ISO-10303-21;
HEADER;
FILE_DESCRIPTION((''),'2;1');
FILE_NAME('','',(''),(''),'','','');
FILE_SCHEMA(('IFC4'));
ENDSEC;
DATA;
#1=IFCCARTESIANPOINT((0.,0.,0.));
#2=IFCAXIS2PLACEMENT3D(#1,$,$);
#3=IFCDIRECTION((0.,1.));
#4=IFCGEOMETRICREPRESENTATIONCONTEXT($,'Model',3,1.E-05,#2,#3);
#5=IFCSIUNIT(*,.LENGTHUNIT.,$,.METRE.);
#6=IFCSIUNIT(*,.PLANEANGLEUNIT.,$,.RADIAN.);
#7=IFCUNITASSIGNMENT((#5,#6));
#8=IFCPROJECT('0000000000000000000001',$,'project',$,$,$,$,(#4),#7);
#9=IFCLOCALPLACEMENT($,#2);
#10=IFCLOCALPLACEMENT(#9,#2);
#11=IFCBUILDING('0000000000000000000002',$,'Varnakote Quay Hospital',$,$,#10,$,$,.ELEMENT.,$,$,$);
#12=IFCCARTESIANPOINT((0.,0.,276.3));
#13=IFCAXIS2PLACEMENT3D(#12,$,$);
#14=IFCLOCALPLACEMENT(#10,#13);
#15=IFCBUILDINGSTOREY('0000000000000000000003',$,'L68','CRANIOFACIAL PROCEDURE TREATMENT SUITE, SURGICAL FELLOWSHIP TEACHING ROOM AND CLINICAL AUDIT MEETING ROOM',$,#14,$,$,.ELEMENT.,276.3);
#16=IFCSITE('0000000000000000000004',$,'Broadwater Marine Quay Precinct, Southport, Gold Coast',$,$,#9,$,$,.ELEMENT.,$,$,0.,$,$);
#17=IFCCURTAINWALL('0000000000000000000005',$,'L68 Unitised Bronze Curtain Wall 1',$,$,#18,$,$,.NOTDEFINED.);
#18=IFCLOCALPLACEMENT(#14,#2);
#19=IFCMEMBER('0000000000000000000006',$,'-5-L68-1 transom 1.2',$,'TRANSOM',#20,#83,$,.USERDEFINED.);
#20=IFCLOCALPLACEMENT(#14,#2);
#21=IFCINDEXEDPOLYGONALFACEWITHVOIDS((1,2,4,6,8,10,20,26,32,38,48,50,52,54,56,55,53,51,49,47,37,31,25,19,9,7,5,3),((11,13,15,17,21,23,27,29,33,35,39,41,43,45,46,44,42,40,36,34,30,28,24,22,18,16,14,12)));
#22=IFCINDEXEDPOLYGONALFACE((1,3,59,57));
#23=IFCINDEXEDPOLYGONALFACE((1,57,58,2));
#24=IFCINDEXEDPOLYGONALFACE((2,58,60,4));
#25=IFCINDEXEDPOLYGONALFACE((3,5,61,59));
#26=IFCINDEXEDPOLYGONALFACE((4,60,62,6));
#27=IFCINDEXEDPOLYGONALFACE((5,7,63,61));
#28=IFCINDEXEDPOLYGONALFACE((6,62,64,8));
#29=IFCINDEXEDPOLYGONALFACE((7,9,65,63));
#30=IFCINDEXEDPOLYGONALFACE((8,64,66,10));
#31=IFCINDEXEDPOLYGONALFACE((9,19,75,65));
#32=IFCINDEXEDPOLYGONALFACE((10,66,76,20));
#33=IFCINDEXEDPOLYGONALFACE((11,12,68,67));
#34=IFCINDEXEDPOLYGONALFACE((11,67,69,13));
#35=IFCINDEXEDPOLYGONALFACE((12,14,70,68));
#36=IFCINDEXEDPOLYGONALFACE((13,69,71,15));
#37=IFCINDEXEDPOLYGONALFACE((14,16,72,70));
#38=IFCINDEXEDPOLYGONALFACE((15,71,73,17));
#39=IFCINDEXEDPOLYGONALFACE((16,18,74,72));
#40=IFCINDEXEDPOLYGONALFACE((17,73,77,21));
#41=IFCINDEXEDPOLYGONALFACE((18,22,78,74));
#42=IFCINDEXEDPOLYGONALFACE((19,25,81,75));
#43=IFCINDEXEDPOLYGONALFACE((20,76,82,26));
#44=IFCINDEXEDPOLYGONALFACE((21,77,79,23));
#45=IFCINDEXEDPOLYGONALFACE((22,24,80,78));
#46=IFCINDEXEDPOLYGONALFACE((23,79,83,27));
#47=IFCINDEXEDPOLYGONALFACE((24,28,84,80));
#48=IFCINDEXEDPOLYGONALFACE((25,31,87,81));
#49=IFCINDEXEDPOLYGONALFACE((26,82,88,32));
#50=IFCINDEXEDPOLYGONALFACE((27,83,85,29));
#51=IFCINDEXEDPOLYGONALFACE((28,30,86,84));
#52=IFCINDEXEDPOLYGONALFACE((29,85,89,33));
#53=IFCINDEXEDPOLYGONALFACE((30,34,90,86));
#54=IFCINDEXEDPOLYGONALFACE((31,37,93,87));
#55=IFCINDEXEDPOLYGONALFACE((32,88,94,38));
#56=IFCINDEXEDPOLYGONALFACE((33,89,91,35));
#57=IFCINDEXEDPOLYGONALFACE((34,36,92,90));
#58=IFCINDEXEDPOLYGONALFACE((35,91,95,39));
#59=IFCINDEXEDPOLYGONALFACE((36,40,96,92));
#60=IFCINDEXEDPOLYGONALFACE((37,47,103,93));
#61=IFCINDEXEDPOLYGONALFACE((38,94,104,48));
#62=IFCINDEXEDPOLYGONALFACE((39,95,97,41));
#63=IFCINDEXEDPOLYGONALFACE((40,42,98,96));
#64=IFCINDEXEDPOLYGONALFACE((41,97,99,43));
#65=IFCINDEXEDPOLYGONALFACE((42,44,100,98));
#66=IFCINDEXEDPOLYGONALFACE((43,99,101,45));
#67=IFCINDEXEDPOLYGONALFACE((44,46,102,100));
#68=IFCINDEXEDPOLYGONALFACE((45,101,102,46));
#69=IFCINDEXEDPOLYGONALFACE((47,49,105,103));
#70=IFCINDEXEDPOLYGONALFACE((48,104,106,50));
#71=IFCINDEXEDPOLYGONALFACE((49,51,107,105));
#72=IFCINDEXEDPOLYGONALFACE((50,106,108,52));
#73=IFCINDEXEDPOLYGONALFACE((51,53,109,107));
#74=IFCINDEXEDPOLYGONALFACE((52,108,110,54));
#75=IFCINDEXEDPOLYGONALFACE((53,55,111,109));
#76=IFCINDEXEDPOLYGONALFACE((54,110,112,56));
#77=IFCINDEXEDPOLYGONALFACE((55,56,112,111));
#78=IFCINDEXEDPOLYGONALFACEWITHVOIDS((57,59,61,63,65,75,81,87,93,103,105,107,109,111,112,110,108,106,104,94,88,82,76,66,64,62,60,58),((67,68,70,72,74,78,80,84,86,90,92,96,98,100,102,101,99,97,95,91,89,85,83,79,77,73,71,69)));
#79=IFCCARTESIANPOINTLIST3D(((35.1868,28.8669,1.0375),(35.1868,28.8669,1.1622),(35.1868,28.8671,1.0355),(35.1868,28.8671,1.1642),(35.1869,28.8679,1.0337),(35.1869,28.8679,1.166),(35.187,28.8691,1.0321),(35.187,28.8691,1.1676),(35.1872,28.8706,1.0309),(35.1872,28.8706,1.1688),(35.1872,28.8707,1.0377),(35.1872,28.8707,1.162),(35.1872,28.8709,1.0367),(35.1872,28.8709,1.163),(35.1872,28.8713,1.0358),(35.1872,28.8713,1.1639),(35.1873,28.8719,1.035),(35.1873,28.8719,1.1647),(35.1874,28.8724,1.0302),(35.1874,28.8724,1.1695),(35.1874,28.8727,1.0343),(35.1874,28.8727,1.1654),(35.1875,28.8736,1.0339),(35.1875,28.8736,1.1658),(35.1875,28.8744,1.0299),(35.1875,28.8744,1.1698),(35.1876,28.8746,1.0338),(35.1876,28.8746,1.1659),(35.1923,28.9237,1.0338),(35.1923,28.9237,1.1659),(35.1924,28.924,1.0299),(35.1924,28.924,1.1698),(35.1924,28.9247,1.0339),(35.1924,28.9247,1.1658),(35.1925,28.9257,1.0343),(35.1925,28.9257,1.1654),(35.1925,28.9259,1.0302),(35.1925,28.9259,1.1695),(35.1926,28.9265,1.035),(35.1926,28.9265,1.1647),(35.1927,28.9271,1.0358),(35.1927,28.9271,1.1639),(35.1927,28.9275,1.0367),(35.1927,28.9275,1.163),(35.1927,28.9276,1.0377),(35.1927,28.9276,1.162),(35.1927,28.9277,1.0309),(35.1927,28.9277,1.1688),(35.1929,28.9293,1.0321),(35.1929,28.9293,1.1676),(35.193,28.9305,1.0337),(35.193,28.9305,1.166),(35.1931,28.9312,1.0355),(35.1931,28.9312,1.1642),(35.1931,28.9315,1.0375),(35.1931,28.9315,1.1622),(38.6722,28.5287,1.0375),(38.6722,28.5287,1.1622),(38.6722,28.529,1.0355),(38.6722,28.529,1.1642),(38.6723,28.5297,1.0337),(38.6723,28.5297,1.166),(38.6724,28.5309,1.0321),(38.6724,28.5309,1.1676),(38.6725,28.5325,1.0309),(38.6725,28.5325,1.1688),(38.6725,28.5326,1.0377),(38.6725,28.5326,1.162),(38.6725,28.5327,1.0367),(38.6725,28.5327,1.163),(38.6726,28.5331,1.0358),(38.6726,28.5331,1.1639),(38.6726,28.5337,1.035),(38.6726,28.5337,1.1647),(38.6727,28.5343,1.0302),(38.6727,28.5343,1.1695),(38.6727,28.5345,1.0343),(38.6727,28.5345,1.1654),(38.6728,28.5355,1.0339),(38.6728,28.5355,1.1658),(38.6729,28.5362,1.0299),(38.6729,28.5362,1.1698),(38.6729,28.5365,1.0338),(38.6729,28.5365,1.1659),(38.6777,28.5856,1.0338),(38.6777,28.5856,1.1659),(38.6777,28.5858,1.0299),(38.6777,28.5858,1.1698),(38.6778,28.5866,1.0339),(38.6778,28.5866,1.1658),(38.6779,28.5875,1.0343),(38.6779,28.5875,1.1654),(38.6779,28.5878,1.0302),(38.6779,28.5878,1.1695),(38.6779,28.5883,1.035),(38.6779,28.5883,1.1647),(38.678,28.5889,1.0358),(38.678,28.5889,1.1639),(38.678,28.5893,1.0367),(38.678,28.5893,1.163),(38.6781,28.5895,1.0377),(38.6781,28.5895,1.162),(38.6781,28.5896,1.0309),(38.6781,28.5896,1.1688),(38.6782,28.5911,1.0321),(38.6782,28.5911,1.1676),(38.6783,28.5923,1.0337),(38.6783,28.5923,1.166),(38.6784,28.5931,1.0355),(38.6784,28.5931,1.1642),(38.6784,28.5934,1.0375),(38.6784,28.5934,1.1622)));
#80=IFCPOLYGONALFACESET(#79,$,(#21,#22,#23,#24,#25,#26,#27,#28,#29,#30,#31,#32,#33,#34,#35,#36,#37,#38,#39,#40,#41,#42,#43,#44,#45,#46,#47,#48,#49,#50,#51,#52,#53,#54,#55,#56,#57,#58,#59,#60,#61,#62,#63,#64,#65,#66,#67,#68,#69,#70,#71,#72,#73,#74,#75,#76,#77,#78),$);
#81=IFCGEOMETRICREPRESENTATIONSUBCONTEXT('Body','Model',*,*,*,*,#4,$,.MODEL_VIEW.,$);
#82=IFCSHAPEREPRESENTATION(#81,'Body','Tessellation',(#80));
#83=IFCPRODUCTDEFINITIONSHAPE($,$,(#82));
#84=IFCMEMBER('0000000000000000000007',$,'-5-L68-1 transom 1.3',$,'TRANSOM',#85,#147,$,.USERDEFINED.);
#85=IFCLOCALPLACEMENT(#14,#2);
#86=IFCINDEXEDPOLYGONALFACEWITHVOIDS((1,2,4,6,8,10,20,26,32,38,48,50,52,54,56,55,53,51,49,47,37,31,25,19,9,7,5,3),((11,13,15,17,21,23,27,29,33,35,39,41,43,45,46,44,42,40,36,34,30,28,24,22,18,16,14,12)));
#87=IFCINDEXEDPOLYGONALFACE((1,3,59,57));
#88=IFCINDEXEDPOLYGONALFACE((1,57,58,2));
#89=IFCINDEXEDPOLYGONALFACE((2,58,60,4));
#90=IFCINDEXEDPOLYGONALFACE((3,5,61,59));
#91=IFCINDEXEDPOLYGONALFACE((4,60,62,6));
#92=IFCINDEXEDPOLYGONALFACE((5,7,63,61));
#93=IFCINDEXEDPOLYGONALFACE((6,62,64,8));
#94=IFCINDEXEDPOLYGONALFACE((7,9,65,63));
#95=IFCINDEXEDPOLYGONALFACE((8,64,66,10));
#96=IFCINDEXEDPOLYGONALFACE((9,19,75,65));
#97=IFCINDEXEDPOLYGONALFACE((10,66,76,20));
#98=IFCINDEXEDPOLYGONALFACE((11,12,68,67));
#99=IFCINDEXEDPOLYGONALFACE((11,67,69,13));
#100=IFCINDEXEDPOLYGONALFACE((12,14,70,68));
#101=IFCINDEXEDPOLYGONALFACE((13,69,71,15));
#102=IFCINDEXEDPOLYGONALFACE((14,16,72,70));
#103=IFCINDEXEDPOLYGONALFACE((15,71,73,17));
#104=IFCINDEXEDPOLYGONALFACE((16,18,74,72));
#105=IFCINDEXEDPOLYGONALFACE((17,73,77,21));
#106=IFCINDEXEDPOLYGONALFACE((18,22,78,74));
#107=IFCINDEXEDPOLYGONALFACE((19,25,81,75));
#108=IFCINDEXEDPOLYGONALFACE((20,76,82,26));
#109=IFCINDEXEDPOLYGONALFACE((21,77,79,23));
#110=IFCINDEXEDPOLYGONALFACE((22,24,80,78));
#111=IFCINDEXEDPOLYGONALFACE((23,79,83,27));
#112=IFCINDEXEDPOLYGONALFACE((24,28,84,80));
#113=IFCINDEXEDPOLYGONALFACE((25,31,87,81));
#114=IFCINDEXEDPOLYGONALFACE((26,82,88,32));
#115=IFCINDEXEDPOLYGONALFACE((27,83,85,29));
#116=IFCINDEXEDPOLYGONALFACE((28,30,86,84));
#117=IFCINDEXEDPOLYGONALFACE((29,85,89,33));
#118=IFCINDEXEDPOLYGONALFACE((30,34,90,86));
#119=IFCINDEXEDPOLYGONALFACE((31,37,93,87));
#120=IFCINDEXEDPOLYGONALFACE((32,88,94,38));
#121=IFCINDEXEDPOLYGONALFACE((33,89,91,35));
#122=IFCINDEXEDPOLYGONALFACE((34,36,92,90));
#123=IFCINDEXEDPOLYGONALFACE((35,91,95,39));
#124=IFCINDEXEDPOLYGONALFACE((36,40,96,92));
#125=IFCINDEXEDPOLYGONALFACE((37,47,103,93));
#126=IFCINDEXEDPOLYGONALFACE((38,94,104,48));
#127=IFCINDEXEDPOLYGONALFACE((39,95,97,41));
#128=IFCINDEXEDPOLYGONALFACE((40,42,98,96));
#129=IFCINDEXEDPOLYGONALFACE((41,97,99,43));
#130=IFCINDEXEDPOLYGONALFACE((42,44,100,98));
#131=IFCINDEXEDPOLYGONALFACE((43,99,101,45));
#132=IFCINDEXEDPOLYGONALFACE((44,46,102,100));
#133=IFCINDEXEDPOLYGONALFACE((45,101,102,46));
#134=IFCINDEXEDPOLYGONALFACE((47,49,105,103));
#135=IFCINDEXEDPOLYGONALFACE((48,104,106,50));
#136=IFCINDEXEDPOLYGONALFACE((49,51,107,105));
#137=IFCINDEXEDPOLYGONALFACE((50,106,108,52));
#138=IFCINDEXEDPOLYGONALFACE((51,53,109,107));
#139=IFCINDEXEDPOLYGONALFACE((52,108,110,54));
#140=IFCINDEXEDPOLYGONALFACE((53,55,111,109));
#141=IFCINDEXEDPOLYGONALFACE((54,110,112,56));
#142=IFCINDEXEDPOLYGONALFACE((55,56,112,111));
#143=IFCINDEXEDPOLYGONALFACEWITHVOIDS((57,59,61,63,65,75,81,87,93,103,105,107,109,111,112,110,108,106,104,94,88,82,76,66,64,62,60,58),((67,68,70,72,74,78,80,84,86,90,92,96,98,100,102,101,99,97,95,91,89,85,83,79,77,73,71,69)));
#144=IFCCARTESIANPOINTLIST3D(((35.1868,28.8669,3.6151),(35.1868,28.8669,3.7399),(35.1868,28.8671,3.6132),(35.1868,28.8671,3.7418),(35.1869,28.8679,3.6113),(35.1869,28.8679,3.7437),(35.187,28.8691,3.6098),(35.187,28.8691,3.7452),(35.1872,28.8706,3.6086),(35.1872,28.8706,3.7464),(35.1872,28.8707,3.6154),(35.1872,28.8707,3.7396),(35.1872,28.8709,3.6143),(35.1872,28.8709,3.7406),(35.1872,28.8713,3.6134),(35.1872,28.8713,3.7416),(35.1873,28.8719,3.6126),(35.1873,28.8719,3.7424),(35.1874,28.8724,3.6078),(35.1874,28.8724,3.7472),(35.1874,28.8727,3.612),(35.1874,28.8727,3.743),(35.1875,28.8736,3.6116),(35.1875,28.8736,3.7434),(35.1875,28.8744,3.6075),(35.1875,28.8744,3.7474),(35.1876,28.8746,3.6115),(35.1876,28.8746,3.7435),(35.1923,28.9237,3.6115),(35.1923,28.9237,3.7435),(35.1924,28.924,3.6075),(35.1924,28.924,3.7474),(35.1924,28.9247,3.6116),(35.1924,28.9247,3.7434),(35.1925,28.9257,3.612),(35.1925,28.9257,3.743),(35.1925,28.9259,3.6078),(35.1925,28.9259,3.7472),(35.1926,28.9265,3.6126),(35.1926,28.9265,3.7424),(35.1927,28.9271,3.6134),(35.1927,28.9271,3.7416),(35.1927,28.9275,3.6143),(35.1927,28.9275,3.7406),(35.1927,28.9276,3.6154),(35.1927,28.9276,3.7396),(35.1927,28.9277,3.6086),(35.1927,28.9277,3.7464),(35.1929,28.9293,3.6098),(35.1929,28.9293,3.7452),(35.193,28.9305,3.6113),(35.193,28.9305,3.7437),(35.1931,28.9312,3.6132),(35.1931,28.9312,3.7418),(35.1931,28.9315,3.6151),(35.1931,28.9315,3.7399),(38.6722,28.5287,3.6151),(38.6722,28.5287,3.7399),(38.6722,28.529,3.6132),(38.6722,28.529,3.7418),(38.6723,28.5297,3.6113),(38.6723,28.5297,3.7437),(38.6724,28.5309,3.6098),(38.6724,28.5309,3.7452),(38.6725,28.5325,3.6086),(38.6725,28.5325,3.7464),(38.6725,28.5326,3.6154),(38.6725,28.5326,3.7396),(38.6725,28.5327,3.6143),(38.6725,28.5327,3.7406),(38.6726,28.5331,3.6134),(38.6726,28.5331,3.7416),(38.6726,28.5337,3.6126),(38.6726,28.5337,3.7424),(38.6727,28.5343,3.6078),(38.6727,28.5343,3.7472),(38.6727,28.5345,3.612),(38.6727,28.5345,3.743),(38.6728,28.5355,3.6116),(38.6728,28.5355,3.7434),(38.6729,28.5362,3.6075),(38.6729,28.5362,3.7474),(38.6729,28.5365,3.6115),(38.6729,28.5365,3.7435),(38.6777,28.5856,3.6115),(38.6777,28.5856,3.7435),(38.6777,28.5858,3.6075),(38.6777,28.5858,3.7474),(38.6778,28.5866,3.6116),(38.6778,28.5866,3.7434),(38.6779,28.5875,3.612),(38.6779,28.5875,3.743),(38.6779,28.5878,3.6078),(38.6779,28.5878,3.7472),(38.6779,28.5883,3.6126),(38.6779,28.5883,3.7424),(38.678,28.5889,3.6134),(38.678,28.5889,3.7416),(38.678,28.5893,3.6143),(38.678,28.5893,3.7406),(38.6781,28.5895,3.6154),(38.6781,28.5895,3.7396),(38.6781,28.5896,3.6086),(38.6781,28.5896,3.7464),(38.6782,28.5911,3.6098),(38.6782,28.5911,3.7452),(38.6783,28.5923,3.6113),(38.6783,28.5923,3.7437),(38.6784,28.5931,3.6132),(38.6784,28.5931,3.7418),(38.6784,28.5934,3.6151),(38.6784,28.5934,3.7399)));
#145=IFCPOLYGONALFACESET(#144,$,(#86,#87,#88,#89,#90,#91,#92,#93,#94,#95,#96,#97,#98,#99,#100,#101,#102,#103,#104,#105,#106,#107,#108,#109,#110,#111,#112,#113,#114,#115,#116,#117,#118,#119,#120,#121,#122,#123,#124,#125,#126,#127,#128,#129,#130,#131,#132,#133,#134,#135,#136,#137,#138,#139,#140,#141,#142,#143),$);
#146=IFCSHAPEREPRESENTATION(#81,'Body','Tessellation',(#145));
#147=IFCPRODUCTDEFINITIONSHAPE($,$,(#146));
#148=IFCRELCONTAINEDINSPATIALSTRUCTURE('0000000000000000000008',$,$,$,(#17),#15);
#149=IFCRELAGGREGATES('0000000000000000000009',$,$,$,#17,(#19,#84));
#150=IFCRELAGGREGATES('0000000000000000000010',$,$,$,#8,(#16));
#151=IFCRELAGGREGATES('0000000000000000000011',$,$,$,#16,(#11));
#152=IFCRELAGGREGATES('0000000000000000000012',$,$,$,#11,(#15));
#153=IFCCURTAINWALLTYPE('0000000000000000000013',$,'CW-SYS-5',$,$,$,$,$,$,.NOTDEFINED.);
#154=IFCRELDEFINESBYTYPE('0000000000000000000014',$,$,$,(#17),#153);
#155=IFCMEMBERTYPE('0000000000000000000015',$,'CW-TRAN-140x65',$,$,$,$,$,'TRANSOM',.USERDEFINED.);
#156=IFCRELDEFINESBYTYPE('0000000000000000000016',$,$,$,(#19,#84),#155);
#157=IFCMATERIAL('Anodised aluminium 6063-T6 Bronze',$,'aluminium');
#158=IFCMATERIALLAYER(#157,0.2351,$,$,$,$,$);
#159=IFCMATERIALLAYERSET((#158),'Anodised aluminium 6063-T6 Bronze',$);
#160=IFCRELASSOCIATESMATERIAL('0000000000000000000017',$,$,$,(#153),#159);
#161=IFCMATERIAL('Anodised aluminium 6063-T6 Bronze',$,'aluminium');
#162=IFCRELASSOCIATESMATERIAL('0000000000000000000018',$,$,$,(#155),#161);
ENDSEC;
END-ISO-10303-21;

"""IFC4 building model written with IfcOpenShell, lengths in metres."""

from ifc_helpers import new_model, si_unit, direction, frame, origin, origin_2d, place, context, subcontext, project, spatial, hollow_rectangle, extrude, material, layer, layer_set, material_profile, profile_set, type_object, element, aggregate, save


model = new_model("IFC4")

# Units and contexts
model_context = context("Model", 3, precision=1e-05, world=origin(), true_north=direction((0.0, 1.0)))
body_context = subcontext(model_context, "Body", "Model", "MODEL_VIEW")
ifc_project = project(units=[si_unit("LENGTHUNIT", "METRE"), si_unit("PLANEANGLEUNIT", "RADIAN")], contexts=[model_context])

# Site, building, storey
site_placement = place(None, origin())
site = spatial("IfcSite", under=ifc_project, at=site_placement, Name="Broadwater Marine Quay Precinct, Southport, Gold Coast", CompositionType="ELEMENT", RefElevation=0.0)
building_placement = place(site_placement, origin())
building = spatial("IfcBuilding", under=site, at=building_placement, Name="Varnakote Quay Hospital", CompositionType="ELEMENT")
storey_placement = place(building_placement, frame((0.0, 0.0, 276.3)))
storey = spatial("IfcBuildingStorey", under=building, at=storey_placement, Name="L68", Description="CRANIOFACIAL PROCEDURE TREATMENT SUITE, SURGICAL FELLOWSHIP TEACHING ROOM AND CLINICAL AUDIT MEETING ROOM", CompositionType="ELEMENT", Elevation=276.3)

# Curtain wall, members
ifc_material_1 = material(Name="Anodised aluminium 6063-T6 Bronze", Category="aluminium")
ifc_layer_1 = layer(ifc_material_1, 0.2351)
ifc_layer_set_1 = layer_set([ifc_layer_1], Name="Anodised aluminium 6063-T6 Bronze")
curtain_wall_type = type_object("IfcCurtainWallType", Name="CW-SYS-5", PredefinedType="NOTDEFINED", material=ifc_layer_set_1)
curtain_wall_placement = place(storey_placement, origin())
curtain_wall = element("IfcCurtainWall", 1, at=curtain_wall_placement, inside=storey, type_object=curtain_wall_type, Name="L68 Unitised Bronze Curtain Wall 1", PredefinedType="NOTDEFINED")
ifc_material_2 = material(Name="Anodised aluminium 6063-T6 Bronze", Category="aluminium")
ifc_material_profile_1 = material_profile(ifc_material_2, hollow_rectangle(XDim=0.0649, YDim=0.1399, WallThickness=0.0039, InnerFilletRadius=0.0039, OuterFilletRadius=0.0076, at=origin_2d()), Name="CW-TRAN-140x65")
ifc_profile_set_1 = profile_set([ifc_material_profile_1], Name="Anodised aluminium 6063-T6 Bronze")
member_type_1 = type_object("IfcMemberType", Name="CW-TRAN-140x65", ElementType="TRANSOM", PredefinedType="USERDEFINED", material=ifc_profile_set_1)
member_1_placement = place(storey_placement, frame((38.6753, 28.561, 1.0999), z_axis=(-0.995327, 0.096563, 0.0), x_axis=(-0.096563, -0.995327, 0.0)))
member_1 = element("IfcMember", 2, at=member_1_placement, type_object=member_type_1, Name="-5-L68-1 transom 1.2", ObjectType="TRANSOM", PredefinedType="USERDEFINED", context=body_context, shape_type="SweptSolid", body=[
    extrude(hollow_rectangle(XDim=0.0649, YDim=0.1399, WallThickness=0.0039, InnerFilletRadius=0.0039, OuterFilletRadius=0.0076, at=origin_2d()), origin(), (0.0, 0.0, 1.0), 3.5017),
])
member_2_placement = place(storey_placement, frame((38.6753, 28.561, 3.6775), z_axis=(-0.995327, 0.096563, 0.0), x_axis=(-0.096563, -0.995327, 0.0)))
member_2 = element("IfcMember", 3, at=member_2_placement, type_object=member_type_1, Name="-5-L68-1 transom 1.3", ObjectType="TRANSOM", PredefinedType="USERDEFINED", context=body_context, shape_type="SweptSolid", body=[
    extrude(hollow_rectangle(XDim=0.0649, YDim=0.1399, WallThickness=0.0039, InnerFilletRadius=0.0039, OuterFilletRadius=0.0076, at=origin_2d()), origin(), (0.0, 0.0, 1.0), 3.5017),
])
aggregate(curtain_wall, [member_1, member_2])

save(model, "model.ifc")
